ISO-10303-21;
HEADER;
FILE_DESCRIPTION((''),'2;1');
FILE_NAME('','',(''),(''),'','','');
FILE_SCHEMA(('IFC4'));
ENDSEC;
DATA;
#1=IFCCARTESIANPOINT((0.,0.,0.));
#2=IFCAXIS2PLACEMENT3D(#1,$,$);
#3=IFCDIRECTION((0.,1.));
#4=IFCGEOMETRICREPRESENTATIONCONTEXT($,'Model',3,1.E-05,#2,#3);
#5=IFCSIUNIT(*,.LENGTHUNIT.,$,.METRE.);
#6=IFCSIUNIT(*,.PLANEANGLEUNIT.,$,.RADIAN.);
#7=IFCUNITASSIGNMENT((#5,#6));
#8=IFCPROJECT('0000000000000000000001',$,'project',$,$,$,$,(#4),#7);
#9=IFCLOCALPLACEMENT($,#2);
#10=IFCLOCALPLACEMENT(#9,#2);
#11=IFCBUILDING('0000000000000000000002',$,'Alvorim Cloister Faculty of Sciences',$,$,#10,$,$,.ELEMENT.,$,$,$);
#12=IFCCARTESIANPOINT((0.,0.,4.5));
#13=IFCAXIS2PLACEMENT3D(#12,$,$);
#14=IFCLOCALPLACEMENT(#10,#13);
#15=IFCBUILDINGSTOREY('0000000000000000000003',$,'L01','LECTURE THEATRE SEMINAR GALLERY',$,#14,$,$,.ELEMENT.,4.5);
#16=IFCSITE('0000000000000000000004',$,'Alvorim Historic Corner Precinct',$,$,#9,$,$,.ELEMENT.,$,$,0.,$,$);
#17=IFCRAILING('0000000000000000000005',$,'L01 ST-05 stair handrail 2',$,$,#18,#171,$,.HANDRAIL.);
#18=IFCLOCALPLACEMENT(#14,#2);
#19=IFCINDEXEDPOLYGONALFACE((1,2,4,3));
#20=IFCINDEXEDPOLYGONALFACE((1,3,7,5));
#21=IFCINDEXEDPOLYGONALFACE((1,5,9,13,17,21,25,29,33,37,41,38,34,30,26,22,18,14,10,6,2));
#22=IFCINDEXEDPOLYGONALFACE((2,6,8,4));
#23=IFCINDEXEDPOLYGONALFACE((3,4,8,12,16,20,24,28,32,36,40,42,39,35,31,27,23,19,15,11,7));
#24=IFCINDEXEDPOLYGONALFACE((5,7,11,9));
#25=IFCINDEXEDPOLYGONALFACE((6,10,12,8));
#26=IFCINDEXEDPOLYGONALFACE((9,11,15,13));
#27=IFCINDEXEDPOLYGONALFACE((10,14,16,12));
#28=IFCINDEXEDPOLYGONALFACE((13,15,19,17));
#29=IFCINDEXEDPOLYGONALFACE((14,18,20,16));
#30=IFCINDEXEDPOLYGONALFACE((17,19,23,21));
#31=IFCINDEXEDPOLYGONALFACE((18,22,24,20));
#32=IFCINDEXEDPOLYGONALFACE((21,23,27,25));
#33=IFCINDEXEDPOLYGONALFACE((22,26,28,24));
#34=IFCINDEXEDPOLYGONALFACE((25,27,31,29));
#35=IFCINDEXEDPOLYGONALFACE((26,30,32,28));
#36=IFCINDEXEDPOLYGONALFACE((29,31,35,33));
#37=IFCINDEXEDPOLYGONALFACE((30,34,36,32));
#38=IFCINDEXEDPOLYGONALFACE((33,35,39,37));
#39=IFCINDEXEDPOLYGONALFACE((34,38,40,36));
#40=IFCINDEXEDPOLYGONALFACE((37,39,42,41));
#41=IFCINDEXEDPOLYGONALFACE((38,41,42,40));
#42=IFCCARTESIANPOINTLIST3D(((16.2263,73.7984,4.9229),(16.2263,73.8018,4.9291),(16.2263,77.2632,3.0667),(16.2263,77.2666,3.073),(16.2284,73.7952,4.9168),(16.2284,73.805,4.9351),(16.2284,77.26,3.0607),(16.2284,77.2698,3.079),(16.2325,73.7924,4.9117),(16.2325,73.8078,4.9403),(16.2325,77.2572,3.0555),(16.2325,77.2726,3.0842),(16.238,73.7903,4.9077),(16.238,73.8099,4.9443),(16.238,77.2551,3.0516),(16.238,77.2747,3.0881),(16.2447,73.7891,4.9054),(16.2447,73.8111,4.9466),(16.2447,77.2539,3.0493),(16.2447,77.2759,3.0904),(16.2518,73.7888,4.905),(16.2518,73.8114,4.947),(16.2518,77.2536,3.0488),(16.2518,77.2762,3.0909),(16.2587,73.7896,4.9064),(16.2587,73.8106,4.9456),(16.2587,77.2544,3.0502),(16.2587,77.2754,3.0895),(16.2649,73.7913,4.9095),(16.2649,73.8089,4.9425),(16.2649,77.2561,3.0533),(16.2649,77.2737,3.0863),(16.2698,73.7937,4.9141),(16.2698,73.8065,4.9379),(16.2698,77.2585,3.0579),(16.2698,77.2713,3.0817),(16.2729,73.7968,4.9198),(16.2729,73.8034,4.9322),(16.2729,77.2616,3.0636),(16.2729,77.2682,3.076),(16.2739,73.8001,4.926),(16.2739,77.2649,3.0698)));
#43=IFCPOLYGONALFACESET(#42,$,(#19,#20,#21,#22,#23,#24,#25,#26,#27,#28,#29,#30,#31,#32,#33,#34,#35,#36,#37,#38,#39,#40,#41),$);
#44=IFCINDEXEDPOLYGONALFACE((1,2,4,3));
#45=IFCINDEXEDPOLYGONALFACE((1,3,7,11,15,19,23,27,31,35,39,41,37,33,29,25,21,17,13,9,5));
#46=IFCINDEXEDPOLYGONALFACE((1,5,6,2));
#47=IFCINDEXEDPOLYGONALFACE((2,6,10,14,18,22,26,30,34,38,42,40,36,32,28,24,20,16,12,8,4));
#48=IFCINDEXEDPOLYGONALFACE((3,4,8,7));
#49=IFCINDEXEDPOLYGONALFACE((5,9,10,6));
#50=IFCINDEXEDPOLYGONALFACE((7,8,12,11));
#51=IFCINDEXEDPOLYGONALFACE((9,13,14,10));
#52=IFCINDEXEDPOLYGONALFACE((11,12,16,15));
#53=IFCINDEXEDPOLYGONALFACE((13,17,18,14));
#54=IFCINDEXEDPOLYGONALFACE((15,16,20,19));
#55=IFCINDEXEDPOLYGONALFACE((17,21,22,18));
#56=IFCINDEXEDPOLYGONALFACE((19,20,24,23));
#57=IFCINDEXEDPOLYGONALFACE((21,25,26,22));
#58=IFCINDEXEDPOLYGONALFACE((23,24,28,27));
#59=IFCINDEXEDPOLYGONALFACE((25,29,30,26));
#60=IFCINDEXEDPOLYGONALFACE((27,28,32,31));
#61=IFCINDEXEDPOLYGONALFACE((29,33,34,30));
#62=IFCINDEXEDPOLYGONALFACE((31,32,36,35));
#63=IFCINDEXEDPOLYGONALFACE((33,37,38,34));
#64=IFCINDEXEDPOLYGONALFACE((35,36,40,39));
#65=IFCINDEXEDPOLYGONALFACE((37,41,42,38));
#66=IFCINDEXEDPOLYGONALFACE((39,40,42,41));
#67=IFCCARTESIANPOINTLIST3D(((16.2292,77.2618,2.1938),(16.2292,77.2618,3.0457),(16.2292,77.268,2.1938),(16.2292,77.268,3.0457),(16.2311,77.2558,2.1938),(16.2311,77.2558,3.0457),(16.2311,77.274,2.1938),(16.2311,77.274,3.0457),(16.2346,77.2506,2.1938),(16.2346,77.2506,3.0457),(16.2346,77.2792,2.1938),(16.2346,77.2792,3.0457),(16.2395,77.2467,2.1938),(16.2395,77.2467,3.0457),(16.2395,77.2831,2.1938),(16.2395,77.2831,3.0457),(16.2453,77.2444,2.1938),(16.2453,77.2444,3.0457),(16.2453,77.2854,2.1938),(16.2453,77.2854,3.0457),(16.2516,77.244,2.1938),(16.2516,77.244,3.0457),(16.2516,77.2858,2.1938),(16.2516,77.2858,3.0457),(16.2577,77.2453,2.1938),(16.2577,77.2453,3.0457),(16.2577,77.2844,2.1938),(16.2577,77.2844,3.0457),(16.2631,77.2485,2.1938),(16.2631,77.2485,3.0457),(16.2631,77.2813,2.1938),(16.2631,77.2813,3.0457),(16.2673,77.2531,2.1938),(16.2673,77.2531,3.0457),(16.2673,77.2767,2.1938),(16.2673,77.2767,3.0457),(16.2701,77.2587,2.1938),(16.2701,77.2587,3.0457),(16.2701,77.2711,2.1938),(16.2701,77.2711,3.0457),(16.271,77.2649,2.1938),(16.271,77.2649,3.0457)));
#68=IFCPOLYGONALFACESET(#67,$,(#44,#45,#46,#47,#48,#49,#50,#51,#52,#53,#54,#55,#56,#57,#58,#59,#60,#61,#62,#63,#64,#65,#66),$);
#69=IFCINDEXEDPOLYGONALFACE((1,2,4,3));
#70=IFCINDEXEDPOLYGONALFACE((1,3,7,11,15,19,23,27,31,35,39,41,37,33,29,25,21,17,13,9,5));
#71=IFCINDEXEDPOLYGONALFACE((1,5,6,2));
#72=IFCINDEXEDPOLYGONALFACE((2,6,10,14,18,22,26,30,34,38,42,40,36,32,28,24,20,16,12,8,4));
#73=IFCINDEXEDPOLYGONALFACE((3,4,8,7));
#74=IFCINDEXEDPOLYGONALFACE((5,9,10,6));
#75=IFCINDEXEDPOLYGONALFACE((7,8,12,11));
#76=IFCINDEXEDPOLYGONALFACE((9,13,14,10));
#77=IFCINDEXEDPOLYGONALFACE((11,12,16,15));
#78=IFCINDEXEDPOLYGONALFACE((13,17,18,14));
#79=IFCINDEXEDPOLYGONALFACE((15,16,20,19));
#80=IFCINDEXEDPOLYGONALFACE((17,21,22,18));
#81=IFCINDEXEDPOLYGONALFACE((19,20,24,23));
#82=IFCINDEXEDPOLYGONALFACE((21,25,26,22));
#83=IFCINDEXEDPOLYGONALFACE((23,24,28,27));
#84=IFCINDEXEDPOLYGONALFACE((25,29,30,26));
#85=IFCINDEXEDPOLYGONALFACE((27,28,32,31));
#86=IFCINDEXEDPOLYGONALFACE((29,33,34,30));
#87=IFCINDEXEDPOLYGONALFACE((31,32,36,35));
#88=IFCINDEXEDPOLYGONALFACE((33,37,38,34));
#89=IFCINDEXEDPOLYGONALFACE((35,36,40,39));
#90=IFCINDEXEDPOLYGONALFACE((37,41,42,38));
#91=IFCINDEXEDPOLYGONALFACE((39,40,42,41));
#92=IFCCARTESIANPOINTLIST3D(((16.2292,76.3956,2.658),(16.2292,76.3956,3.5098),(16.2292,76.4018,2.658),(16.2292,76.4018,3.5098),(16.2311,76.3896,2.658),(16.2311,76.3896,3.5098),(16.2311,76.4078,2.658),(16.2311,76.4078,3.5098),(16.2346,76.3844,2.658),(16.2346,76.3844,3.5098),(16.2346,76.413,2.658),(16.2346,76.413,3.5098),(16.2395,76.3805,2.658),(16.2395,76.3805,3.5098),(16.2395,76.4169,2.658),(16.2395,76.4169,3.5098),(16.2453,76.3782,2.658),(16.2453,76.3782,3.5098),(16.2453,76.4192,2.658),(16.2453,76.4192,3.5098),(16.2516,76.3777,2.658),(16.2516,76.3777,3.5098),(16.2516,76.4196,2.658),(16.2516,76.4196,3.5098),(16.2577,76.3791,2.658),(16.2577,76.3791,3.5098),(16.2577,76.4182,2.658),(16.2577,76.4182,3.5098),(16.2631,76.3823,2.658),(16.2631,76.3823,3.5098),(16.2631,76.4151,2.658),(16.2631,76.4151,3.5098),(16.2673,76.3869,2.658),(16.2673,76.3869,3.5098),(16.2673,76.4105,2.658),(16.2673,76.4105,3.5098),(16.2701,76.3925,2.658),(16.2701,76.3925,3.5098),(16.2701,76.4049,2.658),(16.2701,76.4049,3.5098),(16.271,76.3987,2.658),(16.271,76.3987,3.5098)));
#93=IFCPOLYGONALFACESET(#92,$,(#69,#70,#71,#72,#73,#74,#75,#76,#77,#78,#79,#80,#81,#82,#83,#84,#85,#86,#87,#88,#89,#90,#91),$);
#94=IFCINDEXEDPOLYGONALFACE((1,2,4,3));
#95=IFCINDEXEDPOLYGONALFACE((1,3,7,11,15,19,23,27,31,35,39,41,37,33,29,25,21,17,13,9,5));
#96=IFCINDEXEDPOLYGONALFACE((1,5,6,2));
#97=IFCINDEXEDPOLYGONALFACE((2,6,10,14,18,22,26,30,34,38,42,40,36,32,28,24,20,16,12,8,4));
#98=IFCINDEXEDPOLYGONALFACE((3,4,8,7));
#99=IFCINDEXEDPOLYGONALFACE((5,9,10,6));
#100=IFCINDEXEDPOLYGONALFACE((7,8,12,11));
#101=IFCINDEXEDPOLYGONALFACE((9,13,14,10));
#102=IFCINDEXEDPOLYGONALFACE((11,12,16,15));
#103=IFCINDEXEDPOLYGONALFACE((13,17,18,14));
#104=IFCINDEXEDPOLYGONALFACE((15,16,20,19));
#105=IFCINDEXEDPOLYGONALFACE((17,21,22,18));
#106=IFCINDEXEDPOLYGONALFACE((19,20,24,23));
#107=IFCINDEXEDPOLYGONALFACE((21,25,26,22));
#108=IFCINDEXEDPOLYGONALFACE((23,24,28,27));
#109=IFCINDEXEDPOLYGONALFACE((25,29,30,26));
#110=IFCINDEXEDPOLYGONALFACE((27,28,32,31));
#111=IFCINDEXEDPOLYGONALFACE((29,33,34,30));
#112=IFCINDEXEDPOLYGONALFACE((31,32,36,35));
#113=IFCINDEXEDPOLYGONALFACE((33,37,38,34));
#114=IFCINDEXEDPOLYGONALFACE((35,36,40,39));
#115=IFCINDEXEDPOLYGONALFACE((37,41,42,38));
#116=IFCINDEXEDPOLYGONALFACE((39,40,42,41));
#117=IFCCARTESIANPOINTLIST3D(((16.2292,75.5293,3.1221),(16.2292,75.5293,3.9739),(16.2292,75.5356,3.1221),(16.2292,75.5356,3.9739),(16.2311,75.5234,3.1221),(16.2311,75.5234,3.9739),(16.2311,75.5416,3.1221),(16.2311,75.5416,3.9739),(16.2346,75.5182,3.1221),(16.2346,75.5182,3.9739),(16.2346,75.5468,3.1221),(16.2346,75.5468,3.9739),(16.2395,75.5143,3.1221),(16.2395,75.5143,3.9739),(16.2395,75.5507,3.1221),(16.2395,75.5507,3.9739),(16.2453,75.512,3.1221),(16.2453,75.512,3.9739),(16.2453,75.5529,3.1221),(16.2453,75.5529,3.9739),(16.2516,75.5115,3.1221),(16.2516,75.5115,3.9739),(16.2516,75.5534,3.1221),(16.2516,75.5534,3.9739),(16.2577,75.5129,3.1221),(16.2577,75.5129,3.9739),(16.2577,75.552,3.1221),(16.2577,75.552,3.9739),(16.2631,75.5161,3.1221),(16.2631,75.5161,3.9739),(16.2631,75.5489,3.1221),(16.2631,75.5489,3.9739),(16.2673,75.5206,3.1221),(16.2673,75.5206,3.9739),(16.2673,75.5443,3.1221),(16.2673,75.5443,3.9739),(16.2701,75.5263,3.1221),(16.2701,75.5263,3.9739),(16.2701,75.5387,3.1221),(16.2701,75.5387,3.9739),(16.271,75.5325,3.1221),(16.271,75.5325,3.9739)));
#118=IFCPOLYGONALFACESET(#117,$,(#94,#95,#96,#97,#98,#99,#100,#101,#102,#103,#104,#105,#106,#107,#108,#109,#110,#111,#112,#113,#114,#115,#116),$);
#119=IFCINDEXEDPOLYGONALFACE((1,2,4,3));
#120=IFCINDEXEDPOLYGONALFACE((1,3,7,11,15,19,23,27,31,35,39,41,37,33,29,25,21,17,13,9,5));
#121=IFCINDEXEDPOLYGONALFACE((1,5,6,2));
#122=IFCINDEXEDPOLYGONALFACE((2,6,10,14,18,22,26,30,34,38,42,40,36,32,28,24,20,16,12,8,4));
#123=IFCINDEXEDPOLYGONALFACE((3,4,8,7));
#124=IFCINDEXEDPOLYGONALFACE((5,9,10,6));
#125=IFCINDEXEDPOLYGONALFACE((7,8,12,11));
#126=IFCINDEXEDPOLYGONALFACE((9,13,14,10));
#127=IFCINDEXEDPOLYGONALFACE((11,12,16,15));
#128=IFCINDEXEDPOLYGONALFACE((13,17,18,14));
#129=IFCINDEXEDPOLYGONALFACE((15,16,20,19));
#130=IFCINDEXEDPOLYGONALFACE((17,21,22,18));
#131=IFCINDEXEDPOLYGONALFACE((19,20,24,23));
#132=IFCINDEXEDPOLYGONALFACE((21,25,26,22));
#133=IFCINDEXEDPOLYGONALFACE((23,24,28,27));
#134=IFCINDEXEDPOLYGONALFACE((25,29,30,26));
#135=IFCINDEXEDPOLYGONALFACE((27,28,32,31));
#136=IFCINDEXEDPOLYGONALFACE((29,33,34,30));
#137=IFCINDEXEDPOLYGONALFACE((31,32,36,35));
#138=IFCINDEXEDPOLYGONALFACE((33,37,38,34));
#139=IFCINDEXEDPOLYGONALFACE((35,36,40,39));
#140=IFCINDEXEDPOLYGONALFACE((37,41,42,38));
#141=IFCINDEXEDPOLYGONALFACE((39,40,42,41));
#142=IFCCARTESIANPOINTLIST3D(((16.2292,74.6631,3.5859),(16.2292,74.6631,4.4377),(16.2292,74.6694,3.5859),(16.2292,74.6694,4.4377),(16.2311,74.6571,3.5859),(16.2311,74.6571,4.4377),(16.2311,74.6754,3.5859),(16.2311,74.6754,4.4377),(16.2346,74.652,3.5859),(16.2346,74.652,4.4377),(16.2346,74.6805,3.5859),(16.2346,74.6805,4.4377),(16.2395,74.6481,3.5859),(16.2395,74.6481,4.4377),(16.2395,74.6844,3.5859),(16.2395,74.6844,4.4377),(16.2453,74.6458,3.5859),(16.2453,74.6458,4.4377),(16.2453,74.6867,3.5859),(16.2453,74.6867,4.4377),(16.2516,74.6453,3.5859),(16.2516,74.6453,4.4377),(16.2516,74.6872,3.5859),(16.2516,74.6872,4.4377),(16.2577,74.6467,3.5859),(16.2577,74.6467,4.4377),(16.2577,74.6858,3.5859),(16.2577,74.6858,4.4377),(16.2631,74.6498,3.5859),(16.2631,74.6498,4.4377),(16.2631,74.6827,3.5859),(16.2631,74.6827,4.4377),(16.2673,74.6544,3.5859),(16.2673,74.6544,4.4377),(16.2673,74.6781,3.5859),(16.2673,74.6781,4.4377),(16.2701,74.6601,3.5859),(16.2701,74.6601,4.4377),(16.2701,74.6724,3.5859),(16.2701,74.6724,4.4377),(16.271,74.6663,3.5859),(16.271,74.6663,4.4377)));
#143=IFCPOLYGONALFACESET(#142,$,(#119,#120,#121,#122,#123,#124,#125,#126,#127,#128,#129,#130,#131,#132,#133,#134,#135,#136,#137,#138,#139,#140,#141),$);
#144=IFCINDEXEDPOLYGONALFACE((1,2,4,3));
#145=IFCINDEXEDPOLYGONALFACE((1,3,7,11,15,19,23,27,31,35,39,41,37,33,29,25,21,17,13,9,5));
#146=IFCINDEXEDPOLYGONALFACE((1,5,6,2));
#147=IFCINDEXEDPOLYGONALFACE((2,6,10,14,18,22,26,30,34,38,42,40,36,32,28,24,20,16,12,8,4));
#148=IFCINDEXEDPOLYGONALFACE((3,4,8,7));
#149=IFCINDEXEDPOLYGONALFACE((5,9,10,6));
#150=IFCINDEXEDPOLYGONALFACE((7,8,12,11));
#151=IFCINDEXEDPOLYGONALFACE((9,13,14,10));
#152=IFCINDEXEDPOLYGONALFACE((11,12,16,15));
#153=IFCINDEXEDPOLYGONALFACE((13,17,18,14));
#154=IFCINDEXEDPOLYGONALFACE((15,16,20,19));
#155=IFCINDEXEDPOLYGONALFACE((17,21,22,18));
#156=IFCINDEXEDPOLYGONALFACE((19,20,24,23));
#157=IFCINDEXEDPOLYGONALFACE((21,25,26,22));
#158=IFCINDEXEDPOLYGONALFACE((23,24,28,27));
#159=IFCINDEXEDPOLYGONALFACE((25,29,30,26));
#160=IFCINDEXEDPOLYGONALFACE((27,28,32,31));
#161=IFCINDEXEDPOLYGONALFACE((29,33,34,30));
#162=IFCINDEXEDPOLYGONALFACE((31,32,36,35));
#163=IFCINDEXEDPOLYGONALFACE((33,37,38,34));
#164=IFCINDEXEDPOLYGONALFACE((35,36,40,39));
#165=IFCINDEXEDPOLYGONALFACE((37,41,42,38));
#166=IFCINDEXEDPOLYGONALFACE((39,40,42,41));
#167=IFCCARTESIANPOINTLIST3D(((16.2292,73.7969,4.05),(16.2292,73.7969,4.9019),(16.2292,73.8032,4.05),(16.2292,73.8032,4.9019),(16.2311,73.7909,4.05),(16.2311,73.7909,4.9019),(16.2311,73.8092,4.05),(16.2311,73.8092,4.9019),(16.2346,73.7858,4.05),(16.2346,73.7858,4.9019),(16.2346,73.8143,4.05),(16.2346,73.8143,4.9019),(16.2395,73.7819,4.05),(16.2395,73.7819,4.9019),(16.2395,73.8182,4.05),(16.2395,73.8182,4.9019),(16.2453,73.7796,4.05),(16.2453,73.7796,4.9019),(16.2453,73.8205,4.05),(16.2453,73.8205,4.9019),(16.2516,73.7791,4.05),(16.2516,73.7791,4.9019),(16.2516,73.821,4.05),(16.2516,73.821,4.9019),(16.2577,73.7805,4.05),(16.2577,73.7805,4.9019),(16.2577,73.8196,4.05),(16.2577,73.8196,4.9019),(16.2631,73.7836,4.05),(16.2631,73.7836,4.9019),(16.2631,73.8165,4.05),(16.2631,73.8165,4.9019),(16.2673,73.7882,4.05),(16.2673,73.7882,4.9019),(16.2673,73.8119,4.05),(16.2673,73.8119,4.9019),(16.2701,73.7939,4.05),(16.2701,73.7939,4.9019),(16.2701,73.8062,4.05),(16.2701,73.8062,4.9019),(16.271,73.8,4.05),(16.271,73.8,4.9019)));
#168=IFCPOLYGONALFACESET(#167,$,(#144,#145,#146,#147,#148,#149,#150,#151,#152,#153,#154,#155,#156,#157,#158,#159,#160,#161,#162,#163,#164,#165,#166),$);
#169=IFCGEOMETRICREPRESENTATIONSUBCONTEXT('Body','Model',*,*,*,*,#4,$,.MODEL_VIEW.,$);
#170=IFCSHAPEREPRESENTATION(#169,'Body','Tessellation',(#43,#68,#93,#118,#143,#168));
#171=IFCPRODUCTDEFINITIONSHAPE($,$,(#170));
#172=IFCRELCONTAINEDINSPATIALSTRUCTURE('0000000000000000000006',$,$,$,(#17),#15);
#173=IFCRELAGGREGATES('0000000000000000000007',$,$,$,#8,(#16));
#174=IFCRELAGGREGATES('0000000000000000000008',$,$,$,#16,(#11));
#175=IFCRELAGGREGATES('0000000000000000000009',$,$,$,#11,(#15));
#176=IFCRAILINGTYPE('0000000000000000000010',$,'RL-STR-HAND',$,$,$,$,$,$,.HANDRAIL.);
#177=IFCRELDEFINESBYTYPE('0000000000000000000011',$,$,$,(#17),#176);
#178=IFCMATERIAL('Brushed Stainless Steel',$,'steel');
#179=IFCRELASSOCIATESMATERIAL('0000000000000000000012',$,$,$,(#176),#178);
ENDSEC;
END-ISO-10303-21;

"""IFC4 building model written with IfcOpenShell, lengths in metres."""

from ifc_helpers import new_model, si_unit, direction, frame, origin, origin_2d, place, context, subcontext, project, spatial, circle, extrude, material, type_object, element, save


model = new_model("IFC4")

# Units and contexts
model_context = context("Model", 3, precision=1e-05, world=origin(), true_north=direction((0.0, 1.0)))
body_context = subcontext(model_context, "Body", "Model", "MODEL_VIEW")
ifc_project = project(units=[si_unit("LENGTHUNIT", "METRE"), si_unit("PLANEANGLEUNIT", "RADIAN")], contexts=[model_context])

# Site, building, storey
site_placement = place(None, origin())
site = spatial("IfcSite", under=ifc_project, at=site_placement, Name="Alvorim Historic Corner Precinct", CompositionType="ELEMENT", RefElevation=0.0)
building_placement = place(site_placement, origin())
building = spatial("IfcBuilding", under=site, at=building_placement, Name="Alvorim Cloister Faculty of Sciences", CompositionType="ELEMENT")
storey_placement = place(building_placement, frame((0.0, 0.0, 4.5)))
storey = spatial("IfcBuildingStorey", under=building, at=storey_placement, Name="L01", Description="LECTURE THEATRE SEMINAR GALLERY", CompositionType="ELEMENT", Elevation=4.5)

# Railing
ifc_material_1 = material(Name="Brushed Stainless Steel", Category="steel")
railing_type = type_object("IfcRailingType", Name="RL-STR-HAND", PredefinedType="HANDRAIL", material=ifc_material_1)
railing_placement = place(storey_placement, frame((16.25, 77.2649, 2.1938)))
element("IfcRailing", 1, at=railing_placement, inside=storey, type_object=railing_type, Name="L01 ST-05 stair handrail 2", PredefinedType="HANDRAIL", context=body_context, shape_type="SweptSolid", body=[
    extrude(circle(Radius=0.0239, at=origin_2d()), frame((0.0, 0.0, 0.876), z_axis=(0.0, -0.881476, 0.472228), x_axis=(1.0, 0.0, 0.0)), (0.0, 0.0, 1.0), 3.9307),
    extrude(circle(Radius=0.021, at=origin_2d()), origin(), (0.0, 0.0, 1.0), 0.8518),
    extrude(circle(Radius=0.021, at=origin_2d()), frame((0.0, -0.8662, 0.4641)), (0.0, 0.0, 1.0), 0.8518),
    extrude(circle(Radius=0.021, at=origin_2d()), frame((0.0, -1.7324, 0.9282)), (0.0, 0.0, 1.0), 0.8518),
    extrude(circle(Radius=0.021, at=origin_2d()), frame((0.0, -2.5986, 1.3921)), (0.0, 0.0, 1.0), 0.8518),
    extrude(circle(Radius=0.021, at=origin_2d()), frame((0.0, -3.4648, 1.8562)), (0.0, 0.0, 1.0), 0.8518),
])

save(model, "model.ifc")
